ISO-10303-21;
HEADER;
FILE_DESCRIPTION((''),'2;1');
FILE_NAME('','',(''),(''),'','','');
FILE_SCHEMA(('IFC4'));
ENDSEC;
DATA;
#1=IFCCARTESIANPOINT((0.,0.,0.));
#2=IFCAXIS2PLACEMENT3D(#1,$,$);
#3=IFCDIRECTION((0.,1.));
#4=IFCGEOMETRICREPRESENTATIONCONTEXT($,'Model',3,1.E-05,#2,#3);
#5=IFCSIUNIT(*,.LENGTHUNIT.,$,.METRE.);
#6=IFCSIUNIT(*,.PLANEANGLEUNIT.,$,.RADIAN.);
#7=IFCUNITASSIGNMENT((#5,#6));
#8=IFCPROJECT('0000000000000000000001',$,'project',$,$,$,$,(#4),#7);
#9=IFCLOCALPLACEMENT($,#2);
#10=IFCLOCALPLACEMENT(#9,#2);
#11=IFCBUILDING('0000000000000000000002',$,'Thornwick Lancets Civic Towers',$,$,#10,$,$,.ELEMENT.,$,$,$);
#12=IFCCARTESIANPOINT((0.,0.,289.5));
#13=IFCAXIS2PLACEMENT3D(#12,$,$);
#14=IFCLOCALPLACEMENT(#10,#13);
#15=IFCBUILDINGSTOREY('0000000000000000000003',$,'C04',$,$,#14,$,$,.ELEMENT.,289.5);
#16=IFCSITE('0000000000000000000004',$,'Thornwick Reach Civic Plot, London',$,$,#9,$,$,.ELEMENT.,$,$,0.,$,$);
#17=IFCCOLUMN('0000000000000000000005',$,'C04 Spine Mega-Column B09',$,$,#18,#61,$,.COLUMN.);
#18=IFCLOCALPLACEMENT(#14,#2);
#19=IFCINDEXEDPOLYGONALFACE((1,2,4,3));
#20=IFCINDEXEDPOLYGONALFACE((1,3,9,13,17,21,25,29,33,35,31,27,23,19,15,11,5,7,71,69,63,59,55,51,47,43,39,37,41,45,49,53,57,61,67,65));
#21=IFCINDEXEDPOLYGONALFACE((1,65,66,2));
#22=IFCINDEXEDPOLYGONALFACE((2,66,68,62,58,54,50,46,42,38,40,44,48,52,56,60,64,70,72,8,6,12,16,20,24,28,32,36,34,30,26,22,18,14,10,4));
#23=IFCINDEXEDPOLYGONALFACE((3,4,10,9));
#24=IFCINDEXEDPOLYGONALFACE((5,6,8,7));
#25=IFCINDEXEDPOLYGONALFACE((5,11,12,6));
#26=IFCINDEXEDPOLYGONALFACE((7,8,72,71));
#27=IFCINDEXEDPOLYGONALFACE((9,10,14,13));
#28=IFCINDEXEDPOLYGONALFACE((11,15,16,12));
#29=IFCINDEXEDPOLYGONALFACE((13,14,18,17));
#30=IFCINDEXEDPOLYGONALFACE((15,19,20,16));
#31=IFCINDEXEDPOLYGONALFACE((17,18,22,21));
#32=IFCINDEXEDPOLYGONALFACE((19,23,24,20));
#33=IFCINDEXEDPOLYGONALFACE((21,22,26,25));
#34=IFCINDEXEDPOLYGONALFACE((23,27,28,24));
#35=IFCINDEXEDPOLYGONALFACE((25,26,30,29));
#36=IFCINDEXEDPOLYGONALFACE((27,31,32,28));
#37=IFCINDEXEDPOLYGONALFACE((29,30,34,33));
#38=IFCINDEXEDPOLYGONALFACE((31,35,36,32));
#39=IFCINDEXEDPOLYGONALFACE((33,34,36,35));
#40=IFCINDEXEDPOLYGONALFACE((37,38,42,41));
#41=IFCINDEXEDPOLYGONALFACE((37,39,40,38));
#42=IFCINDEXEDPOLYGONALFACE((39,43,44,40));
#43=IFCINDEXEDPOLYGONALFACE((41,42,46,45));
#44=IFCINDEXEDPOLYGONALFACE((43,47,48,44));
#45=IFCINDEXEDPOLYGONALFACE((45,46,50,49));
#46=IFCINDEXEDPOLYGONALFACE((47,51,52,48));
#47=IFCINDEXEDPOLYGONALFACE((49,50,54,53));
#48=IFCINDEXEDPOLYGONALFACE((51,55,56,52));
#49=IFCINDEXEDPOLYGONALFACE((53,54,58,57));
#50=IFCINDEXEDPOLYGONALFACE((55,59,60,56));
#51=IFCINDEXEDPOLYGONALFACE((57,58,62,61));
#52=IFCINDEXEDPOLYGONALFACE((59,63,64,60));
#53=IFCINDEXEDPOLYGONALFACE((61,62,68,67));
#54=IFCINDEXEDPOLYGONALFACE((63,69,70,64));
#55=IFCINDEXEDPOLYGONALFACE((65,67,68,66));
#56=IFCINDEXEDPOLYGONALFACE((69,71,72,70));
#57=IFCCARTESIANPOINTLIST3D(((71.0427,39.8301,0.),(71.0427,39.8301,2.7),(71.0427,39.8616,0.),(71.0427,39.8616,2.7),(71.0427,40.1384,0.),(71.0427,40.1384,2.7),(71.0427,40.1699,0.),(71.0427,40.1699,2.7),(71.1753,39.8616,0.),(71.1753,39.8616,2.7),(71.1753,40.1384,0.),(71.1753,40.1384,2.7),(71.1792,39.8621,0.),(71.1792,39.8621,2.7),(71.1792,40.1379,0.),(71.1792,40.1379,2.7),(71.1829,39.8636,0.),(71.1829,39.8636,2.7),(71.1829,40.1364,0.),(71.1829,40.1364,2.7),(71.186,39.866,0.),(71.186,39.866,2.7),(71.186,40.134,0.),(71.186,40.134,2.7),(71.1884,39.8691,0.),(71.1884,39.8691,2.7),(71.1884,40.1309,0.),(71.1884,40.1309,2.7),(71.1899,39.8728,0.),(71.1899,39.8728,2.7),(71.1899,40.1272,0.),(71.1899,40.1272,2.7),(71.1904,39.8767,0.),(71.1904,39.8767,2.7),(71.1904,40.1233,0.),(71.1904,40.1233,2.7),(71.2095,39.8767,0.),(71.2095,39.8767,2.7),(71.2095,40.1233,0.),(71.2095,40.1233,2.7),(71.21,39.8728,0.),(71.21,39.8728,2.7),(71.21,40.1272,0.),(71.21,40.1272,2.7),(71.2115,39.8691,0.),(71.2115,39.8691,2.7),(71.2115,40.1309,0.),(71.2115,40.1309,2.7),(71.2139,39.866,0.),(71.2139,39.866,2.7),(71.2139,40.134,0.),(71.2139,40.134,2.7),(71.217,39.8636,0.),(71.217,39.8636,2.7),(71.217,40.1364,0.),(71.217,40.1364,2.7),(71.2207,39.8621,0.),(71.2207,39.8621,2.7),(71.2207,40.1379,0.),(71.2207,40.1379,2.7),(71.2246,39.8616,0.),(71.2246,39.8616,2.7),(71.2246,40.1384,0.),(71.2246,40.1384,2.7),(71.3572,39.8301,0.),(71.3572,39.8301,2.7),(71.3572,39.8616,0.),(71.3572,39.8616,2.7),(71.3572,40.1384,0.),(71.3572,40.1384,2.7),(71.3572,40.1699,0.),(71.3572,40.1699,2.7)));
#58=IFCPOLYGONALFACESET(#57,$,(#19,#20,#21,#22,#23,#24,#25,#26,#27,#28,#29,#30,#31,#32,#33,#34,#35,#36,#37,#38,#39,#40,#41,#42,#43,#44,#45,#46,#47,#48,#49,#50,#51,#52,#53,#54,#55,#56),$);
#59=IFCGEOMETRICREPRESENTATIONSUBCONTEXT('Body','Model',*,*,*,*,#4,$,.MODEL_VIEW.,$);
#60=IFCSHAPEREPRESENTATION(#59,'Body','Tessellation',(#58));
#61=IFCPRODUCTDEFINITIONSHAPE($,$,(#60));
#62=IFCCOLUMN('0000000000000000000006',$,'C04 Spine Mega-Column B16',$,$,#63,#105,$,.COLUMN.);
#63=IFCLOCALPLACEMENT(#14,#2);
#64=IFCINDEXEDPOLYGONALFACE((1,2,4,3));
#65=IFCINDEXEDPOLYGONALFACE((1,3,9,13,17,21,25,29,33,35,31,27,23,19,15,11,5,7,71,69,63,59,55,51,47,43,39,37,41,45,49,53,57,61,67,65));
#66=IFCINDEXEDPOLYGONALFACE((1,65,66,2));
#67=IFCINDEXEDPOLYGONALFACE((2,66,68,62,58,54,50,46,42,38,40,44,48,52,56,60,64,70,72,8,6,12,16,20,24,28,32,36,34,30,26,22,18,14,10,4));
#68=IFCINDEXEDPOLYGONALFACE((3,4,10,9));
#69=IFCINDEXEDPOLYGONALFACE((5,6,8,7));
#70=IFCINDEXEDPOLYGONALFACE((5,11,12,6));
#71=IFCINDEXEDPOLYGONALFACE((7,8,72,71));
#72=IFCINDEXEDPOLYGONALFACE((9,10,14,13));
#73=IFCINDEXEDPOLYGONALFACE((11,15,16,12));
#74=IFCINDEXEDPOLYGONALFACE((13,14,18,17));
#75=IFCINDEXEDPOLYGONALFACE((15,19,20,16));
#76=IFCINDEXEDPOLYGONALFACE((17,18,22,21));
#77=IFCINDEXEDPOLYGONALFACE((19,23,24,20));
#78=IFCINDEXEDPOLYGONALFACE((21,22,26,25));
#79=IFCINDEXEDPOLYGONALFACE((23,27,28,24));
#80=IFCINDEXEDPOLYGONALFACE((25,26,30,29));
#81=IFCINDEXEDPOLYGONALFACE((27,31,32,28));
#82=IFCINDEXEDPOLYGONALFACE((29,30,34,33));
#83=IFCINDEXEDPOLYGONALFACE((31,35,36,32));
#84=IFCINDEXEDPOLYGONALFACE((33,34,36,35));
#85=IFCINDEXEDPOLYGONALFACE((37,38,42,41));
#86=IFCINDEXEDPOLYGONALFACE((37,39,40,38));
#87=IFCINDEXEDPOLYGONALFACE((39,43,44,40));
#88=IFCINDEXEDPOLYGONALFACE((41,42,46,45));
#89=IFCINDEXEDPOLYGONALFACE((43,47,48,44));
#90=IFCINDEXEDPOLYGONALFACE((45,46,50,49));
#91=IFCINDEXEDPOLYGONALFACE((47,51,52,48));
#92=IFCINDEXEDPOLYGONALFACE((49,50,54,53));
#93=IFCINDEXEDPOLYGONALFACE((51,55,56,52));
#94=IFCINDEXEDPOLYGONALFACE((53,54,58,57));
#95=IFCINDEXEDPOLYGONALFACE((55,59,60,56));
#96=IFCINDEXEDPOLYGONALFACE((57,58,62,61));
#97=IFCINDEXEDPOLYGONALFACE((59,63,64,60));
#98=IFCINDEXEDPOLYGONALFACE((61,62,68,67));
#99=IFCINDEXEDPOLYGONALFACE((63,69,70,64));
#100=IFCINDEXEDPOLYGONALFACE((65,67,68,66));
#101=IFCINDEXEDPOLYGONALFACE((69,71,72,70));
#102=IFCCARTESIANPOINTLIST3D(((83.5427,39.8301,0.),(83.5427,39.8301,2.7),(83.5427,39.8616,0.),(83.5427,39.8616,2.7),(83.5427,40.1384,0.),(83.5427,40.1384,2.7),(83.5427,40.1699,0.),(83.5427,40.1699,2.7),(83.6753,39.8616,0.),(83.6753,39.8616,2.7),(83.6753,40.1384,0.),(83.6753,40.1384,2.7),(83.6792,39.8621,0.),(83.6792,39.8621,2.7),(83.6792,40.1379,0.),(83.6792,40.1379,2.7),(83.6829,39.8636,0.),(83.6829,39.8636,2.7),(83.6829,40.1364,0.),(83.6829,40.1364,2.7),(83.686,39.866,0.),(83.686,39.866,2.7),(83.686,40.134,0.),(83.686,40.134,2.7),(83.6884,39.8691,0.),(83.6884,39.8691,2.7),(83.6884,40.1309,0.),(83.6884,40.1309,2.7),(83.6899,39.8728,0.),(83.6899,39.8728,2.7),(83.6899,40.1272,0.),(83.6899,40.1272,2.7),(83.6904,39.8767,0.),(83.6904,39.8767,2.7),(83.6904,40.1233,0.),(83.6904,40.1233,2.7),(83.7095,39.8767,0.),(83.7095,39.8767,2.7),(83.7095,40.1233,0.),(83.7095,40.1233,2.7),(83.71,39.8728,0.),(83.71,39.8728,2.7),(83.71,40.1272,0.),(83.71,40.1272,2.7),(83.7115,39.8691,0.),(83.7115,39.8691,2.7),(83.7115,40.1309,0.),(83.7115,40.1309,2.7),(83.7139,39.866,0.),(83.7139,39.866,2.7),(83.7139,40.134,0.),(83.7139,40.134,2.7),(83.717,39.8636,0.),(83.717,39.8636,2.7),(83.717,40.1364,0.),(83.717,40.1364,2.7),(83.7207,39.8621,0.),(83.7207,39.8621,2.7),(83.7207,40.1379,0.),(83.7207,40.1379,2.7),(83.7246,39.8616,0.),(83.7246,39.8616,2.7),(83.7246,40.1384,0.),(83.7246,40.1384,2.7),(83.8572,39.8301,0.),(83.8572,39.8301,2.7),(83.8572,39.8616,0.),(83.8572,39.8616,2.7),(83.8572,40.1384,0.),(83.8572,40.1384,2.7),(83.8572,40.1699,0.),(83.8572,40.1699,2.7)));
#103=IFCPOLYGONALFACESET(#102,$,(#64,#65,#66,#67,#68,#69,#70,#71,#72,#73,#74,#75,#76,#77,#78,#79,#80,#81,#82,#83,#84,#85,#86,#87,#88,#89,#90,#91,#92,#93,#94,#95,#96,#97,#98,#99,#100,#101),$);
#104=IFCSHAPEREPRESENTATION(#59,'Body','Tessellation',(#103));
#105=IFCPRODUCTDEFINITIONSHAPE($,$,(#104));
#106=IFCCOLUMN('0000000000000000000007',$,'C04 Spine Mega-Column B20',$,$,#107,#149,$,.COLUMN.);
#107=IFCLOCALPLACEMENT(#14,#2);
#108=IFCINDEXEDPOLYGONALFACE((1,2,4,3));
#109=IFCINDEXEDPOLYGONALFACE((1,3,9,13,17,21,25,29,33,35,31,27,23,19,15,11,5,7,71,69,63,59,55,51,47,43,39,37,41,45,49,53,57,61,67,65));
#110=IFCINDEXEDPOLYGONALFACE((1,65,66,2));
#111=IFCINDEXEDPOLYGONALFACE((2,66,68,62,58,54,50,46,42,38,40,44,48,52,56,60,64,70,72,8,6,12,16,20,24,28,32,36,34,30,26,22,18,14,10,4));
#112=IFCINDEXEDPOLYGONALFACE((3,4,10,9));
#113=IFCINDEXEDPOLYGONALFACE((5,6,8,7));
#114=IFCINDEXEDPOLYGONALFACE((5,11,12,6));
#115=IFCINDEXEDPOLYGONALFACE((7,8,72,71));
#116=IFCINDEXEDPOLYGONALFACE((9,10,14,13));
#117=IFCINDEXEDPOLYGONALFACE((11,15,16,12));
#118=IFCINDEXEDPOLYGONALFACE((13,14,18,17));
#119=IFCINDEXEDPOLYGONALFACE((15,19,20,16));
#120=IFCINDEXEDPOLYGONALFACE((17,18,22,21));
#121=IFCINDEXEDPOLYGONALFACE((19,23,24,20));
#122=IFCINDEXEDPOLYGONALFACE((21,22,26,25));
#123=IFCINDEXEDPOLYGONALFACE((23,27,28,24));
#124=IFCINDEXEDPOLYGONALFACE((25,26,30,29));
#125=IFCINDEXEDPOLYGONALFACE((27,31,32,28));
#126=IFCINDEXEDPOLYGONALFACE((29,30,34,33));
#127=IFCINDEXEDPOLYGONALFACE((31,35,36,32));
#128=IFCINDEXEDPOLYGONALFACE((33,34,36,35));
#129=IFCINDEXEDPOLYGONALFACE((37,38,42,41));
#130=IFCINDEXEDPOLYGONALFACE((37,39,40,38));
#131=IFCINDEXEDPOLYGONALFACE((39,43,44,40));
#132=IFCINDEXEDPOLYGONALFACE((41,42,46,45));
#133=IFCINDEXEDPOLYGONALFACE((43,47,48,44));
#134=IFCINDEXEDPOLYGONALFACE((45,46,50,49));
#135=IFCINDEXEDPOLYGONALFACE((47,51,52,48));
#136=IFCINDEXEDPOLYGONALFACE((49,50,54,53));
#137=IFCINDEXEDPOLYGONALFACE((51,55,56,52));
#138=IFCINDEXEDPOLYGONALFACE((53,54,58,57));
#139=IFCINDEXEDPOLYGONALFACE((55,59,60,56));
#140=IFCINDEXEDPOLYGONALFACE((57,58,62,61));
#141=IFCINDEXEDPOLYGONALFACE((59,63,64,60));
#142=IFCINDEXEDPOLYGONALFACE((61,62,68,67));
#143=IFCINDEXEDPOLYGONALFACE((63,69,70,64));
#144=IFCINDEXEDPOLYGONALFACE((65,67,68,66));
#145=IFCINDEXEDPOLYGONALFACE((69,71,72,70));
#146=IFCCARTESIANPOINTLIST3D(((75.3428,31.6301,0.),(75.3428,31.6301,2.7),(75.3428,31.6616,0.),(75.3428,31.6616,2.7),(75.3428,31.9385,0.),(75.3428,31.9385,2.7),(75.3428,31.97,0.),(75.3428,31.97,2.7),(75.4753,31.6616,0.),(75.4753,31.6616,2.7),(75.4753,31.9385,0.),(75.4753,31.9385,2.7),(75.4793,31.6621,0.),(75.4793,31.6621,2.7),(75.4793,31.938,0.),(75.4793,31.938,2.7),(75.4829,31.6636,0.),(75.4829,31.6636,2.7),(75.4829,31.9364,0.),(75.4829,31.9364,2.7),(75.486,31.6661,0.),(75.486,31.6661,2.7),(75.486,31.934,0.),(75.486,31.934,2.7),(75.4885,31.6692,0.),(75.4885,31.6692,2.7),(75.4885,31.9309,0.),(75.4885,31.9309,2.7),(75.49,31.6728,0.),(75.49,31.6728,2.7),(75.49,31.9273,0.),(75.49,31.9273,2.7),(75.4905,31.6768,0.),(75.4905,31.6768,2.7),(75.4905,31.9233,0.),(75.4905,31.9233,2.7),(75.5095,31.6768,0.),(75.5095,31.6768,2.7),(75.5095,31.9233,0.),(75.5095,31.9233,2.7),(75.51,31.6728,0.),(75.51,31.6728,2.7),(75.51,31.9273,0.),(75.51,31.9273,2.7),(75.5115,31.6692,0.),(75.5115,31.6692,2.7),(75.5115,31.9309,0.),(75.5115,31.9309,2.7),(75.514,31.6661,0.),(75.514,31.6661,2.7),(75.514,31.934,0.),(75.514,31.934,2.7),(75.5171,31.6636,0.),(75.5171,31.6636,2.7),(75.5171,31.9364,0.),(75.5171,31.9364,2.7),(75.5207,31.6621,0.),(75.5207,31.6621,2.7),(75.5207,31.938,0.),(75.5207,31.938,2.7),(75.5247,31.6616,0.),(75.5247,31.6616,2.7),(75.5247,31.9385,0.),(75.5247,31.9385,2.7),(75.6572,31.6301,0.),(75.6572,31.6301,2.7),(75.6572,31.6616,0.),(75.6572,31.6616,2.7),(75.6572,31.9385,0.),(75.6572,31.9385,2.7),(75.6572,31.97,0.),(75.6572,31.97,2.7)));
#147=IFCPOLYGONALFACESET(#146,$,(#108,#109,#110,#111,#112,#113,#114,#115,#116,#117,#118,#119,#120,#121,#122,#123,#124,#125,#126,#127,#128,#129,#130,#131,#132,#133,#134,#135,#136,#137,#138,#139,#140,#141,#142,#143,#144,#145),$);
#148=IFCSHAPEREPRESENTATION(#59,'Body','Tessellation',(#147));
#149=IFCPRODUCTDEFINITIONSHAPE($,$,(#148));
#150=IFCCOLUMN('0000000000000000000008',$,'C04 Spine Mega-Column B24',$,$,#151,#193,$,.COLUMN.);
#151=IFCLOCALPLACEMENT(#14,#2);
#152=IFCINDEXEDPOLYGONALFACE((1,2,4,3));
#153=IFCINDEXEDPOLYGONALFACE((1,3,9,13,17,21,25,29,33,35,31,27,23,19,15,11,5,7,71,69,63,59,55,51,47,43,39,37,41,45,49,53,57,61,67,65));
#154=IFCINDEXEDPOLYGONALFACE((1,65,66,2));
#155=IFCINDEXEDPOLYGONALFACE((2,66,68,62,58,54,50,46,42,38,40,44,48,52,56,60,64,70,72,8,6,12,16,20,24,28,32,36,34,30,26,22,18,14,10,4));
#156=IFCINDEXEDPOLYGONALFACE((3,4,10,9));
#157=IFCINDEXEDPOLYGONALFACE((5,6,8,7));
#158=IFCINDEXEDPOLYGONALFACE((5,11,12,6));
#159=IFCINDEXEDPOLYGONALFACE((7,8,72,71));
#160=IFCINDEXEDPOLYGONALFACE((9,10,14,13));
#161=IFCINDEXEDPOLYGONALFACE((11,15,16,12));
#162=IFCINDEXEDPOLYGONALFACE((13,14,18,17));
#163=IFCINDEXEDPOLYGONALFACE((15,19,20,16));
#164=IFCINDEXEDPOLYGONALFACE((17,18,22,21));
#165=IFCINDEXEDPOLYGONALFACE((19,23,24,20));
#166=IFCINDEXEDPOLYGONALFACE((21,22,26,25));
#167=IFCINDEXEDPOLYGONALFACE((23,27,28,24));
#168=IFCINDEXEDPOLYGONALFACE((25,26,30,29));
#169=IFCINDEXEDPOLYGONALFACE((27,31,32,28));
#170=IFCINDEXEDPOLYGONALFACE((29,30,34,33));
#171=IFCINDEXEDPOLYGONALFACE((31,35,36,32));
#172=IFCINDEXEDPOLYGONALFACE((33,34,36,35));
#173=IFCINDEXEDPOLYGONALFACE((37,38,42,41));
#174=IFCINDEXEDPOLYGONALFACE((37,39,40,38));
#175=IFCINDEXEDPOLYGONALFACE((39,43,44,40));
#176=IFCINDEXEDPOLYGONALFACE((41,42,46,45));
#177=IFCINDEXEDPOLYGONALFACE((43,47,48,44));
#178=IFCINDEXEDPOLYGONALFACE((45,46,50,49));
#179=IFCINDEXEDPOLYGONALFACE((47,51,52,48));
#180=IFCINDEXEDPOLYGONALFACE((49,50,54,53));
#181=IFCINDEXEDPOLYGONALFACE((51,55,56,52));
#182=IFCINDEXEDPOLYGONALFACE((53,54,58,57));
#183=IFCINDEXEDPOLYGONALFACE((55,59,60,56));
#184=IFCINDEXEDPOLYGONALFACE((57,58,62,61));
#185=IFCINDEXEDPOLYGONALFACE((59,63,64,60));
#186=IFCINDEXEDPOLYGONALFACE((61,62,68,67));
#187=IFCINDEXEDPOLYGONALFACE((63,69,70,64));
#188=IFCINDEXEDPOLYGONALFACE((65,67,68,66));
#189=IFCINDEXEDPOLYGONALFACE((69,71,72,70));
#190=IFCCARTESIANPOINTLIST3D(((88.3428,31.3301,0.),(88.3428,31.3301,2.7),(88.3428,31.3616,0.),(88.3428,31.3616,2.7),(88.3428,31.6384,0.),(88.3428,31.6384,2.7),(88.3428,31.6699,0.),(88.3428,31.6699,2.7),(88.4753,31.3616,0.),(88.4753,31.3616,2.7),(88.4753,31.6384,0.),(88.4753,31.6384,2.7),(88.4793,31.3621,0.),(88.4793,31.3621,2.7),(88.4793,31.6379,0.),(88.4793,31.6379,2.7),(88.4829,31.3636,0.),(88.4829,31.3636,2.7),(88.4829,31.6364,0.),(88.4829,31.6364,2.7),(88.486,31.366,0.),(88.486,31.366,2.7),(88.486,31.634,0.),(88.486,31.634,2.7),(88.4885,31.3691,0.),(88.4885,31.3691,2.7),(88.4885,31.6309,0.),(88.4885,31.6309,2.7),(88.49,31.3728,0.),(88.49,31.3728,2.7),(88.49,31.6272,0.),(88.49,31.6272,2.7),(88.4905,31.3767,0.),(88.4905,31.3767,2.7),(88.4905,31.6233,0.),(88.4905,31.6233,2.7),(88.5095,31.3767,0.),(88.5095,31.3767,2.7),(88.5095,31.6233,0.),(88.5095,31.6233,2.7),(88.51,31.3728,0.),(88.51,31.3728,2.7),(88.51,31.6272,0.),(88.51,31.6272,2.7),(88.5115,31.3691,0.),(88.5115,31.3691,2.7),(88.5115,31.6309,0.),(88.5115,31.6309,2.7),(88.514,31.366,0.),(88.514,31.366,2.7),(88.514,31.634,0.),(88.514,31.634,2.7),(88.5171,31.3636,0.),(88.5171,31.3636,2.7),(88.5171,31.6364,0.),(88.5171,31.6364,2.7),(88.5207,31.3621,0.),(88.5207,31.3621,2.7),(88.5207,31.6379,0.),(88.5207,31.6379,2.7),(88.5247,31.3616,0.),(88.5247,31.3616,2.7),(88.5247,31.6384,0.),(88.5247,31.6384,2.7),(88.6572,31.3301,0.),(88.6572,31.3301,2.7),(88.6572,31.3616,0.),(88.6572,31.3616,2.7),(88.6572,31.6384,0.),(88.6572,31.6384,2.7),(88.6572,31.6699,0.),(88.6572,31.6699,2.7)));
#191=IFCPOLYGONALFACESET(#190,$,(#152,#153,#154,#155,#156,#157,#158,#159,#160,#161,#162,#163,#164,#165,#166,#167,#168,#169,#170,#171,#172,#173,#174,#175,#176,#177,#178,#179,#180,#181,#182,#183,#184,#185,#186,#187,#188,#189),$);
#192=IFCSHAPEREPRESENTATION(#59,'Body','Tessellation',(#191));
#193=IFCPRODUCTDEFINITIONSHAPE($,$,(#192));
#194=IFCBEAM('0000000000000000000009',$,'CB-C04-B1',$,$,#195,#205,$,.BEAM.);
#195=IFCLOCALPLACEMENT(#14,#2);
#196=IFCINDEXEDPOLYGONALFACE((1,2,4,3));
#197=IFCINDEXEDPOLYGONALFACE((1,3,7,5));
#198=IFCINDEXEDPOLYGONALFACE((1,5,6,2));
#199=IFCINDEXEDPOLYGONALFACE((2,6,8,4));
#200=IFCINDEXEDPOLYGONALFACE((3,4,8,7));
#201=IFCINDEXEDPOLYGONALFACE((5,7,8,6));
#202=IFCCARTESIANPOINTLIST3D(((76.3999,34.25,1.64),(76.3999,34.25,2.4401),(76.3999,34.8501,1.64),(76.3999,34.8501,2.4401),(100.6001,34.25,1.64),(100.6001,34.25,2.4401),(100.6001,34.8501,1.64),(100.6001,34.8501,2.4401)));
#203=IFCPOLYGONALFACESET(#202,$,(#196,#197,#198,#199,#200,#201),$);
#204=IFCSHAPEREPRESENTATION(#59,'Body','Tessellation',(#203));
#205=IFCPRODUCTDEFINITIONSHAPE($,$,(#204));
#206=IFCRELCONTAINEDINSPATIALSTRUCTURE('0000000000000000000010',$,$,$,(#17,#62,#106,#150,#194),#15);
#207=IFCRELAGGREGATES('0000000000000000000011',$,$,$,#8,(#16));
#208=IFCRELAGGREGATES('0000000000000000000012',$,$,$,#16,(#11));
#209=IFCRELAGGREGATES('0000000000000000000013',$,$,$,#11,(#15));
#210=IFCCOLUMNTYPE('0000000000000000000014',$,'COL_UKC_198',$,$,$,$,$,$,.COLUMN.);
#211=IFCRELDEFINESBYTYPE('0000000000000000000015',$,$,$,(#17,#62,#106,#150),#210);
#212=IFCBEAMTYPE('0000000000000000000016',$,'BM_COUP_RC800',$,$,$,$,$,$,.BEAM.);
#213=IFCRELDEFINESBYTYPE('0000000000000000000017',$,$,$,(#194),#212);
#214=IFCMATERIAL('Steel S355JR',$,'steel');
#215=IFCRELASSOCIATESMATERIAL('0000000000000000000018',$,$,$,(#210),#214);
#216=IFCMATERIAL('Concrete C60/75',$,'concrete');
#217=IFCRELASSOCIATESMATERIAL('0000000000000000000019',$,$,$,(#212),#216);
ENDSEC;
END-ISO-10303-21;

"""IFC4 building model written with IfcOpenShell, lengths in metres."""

from ifc_helpers import new_model, si_unit, direction, frame, origin, origin_2d, place, context, subcontext, project, spatial, rectangle, i_section, extrude, material, material_profile, profile_set, type_object, element, save


model = new_model("IFC4")

# Units and contexts
model_context = context("Model", 3, precision=1e-05, world=origin(), true_north=direction((0.0, 1.0)))
body_context = subcontext(model_context, "Body", "Model", "MODEL_VIEW")
ifc_project = project(units=[si_unit("LENGTHUNIT", "METRE"), si_unit("PLANEANGLEUNIT", "RADIAN")], contexts=[model_context])

# Site, building, storey
site_placement = place(None, origin())
site = spatial("IfcSite", under=ifc_project, at=site_placement, Name="Thornwick Reach Civic Plot, London", CompositionType="ELEMENT", RefElevation=0.0)
building_placement = place(site_placement, origin())
building = spatial("IfcBuilding", under=site, at=building_placement, Name="Thornwick Lancets Civic Towers", CompositionType="ELEMENT")
storey_placement = place(building_placement, frame((0.0, 0.0, 289.5)))
storey = spatial("IfcBuildingStorey", under=building, at=storey_placement, Name="C04", CompositionType="ELEMENT", Elevation=289.5)

# Columns
ifc_material_1 = material(Name="Steel S355JR", Category="steel")
ifc_material_profile_1 = material_profile(ifc_material_1, i_section(OverallWidth=0.3145, OverallDepth=0.3398, WebThickness=0.019, FlangeThickness=0.0315, FilletRadius=0.0151, at=origin_2d()), Name="UKC 305x305x198")
ifc_profile_set_1 = profile_set([ifc_material_profile_1], Name="Steel S355JR")
column_type_1 = type_object("IfcColumnType", Name="COL_UKC_198", PredefinedType="COLUMN", material=ifc_profile_set_1)
for number, where, z_axis, x_axis, name in (
    (1, (71.2, 40.0, 0.0), (0.0, 0.0, 1.0), (1.0, 0.0, 0.0), "C04 Spine Mega-Column B09"),
    (2, (83.7, 40.0, 0.0), (0.0, 0.0, 1.0), (1.0, 0.0, 0.0), "C04 Spine Mega-Column B16"),
    (3, (75.5, 31.8, 0.0), (0.0, 0.0, 1.0), (1.0, 0.0, 0.0), "C04 Spine Mega-Column B20"),
    (4, (88.5, 31.5, 0.0), (0.0, 0.0, 1.0), (1.0, 0.0, 0.0), "C04 Spine Mega-Column B24"),
):
    element("IfcColumn", number, at=place(storey_placement, frame(where, z_axis=z_axis, x_axis=x_axis)), inside=storey, type_object=column_type_1, Name=name, PredefinedType="COLUMN", context=body_context, shape_type="SweptSolid", body=[
        extrude(i_section(OverallWidth=0.3145, OverallDepth=0.3398, WebThickness=0.019, FlangeThickness=0.0315, FilletRadius=0.0151, at=origin_2d()), origin(), (0.0, 0.0, 1.0), 2.7),
    ])

# Beam
ifc_material_2 = material(Name="Concrete C60/75", Category="concrete")
ifc_material_profile_2 = material_profile(ifc_material_2, rectangle(XDim=0.6001, YDim=0.8, at=origin_2d()), Name="RC 600x800")
ifc_profile_set_2 = profile_set([ifc_material_profile_2], Name="Concrete C60/75")
beam_type_1 = type_object("IfcBeamType", Name="BM_COUP_RC800", PredefinedType="BEAM", material=ifc_profile_set_2)
beam_1_placement = place(storey_placement, frame((76.3999, 34.55, 2.04), z_axis=(1.0, 0.0, 0.0), x_axis=(0.0, 1.0, 0.0)))
element("IfcBeam", 5, at=beam_1_placement, inside=storey, type_object=beam_type_1, Name="CB-C04-B1", PredefinedType="BEAM", context=body_context, shape_type="SweptSolid", body=[
    extrude(rectangle(XDim=0.6001, YDim=0.8, at=origin_2d()), origin(), (0.0, 0.0, 1.0), 24.2002),
])

save(model, "model.ifc")
